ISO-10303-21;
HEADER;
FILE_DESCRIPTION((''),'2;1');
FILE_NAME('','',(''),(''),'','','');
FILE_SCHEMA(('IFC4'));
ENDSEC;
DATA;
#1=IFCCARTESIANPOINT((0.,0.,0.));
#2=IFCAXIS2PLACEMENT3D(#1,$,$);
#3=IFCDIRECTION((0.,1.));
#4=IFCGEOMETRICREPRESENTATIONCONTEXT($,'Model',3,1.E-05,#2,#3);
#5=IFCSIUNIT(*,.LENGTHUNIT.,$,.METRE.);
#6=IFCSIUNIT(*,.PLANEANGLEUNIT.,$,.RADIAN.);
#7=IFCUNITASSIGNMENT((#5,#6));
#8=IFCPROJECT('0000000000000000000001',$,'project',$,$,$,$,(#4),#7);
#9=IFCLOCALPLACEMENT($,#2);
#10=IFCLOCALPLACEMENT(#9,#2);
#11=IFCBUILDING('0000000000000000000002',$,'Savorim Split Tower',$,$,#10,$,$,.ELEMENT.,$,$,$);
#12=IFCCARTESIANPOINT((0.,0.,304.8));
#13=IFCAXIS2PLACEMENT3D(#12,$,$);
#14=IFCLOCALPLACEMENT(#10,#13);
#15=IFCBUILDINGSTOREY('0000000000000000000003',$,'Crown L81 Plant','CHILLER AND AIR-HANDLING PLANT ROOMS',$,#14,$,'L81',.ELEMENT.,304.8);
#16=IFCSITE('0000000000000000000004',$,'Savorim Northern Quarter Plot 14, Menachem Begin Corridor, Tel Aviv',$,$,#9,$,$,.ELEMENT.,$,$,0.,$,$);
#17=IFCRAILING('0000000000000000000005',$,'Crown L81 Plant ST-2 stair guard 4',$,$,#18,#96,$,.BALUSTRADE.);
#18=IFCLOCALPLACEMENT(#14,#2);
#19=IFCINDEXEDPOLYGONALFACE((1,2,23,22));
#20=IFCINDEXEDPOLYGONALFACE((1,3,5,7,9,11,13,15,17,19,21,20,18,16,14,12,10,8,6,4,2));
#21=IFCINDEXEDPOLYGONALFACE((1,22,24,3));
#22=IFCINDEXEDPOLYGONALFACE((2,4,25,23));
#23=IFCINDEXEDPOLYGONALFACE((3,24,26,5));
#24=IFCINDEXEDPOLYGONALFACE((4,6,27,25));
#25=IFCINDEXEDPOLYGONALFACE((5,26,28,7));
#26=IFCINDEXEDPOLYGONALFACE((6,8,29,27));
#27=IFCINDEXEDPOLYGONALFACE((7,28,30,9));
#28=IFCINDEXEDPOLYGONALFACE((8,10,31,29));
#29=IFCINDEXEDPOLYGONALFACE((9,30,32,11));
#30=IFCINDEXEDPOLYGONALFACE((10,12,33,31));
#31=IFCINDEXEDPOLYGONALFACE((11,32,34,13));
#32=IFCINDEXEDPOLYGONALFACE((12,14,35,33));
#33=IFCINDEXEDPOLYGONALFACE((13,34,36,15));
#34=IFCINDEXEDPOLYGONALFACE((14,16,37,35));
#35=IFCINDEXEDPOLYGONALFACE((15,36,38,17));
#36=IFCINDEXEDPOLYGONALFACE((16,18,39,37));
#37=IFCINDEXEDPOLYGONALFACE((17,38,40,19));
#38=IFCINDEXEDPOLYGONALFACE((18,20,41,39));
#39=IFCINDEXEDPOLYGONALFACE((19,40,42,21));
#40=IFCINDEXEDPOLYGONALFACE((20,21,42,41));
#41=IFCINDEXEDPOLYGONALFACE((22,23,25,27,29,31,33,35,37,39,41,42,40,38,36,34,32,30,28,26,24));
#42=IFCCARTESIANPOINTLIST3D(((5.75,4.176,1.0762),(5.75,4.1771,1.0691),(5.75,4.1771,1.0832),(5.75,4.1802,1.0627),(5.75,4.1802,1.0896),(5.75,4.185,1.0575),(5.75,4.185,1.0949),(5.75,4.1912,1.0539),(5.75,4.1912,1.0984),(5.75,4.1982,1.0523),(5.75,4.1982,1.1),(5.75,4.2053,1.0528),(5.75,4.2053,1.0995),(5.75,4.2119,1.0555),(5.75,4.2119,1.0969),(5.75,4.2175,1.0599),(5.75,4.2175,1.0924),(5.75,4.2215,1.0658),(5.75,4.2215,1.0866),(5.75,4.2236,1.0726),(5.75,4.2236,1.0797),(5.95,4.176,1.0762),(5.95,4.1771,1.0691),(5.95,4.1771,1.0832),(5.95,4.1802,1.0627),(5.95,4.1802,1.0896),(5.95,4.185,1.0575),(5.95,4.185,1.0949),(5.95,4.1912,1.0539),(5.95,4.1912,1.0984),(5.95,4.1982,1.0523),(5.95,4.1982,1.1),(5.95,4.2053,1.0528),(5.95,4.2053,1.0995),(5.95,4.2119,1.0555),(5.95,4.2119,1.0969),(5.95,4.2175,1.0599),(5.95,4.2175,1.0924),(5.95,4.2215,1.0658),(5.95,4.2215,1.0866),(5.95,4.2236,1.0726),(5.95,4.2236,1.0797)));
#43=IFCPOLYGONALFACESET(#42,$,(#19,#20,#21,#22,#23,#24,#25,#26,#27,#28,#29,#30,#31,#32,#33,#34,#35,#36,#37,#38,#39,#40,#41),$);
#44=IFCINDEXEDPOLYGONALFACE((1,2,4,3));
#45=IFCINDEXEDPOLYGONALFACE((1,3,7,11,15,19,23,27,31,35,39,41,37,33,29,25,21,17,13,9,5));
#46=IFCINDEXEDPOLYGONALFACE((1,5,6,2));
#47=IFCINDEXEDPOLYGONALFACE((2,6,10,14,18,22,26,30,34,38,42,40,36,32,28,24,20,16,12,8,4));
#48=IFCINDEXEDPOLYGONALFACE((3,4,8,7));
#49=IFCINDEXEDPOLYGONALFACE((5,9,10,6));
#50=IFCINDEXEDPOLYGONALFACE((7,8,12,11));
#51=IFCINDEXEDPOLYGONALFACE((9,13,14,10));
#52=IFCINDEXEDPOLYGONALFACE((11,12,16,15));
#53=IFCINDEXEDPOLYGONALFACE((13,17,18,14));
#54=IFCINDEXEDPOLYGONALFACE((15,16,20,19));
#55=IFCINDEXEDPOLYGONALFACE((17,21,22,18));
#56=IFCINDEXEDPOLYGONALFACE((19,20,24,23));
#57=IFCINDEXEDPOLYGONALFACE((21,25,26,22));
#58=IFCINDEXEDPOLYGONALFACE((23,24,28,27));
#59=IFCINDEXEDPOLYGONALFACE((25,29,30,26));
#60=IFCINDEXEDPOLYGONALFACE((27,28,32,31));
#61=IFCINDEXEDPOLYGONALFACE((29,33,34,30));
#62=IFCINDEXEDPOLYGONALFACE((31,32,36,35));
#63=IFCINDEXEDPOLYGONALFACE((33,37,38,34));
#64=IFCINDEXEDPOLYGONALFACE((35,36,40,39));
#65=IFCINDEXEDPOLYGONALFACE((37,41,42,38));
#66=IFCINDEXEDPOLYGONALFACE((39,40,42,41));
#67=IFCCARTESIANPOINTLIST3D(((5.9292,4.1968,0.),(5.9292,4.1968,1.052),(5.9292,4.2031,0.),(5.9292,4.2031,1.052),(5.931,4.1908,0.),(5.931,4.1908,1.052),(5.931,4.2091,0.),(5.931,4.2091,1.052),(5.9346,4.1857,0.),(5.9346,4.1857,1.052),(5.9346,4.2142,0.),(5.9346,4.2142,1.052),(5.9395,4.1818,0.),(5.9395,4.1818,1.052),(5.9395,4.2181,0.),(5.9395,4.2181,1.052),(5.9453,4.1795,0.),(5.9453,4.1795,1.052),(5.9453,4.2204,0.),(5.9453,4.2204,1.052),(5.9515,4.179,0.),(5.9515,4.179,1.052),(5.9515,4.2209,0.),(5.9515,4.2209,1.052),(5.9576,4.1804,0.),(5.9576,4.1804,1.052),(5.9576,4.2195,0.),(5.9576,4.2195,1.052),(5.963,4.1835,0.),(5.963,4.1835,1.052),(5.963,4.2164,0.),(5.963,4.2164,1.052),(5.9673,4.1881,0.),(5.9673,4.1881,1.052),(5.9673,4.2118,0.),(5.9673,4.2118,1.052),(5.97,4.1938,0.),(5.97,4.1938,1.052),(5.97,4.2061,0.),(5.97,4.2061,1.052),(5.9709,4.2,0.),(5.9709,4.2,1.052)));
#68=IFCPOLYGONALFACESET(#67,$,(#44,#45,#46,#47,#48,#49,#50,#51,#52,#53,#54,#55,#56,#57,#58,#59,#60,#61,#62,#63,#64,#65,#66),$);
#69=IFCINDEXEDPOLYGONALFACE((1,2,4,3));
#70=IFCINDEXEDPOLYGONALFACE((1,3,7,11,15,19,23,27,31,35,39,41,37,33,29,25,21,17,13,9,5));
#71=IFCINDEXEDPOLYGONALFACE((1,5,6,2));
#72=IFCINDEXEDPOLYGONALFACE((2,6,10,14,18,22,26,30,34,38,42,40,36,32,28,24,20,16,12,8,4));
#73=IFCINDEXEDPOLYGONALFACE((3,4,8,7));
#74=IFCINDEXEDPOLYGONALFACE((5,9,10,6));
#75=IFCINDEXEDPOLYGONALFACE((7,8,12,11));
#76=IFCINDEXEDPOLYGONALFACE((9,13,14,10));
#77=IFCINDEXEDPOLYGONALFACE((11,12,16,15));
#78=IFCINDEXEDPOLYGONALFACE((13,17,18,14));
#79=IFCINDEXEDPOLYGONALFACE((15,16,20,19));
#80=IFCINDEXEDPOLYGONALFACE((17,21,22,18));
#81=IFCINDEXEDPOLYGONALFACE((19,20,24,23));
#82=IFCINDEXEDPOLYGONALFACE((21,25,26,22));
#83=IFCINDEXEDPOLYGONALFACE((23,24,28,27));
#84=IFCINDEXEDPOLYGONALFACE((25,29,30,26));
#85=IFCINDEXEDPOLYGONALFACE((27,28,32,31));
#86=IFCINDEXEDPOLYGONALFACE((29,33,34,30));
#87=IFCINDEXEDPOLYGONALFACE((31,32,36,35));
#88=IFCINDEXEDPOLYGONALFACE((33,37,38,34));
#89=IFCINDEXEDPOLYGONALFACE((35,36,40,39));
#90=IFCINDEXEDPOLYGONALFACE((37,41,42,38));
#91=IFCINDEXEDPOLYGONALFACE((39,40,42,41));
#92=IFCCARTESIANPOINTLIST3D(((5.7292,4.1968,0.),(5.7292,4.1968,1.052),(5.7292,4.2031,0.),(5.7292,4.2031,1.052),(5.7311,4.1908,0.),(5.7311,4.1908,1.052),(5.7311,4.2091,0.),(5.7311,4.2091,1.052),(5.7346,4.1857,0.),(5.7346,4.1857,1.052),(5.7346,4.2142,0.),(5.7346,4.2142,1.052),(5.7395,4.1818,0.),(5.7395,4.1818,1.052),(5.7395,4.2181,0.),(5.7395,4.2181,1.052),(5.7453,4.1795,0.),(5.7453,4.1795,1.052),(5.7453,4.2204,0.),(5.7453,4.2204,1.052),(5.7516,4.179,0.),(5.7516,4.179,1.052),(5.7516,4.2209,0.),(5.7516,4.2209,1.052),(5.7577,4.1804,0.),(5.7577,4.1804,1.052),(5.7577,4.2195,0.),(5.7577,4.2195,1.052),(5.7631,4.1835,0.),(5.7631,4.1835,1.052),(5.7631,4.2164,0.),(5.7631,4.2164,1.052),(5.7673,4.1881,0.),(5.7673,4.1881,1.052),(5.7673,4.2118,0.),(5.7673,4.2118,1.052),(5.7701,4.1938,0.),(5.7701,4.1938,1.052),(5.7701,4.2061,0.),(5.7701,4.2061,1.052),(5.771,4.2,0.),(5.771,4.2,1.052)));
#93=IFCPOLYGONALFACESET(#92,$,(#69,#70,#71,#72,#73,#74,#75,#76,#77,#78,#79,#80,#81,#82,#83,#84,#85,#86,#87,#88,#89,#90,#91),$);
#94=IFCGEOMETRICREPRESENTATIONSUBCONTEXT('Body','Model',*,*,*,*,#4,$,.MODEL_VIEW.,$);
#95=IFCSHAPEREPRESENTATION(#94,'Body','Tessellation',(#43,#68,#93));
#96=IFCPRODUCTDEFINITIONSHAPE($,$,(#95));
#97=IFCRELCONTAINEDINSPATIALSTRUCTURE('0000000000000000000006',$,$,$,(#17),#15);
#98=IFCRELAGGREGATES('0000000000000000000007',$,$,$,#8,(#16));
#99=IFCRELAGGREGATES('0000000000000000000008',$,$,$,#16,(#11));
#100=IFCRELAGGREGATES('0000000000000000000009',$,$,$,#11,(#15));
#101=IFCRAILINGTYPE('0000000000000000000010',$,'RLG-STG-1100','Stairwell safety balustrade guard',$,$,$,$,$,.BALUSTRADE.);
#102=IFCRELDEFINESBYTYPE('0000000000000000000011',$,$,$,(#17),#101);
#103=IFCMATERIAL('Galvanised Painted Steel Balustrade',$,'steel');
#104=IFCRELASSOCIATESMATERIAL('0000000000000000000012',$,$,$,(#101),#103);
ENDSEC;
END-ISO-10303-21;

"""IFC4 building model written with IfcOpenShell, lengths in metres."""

from ifc_helpers import new_model, si_unit, direction, frame, origin, origin_2d, place, context, subcontext, project, spatial, circle, extrude, material, type_object, element, save


model = new_model("IFC4")

# Units and contexts
model_context = context("Model", 3, precision=1e-05, world=origin(), true_north=direction((0.0, 1.0)))
body_context = subcontext(model_context, "Body", "Model", "MODEL_VIEW")
ifc_project = project(units=[si_unit("LENGTHUNIT", "METRE"), si_unit("PLANEANGLEUNIT", "RADIAN")], contexts=[model_context])

# Site, building, storey
site_placement = place(None, origin())
site = spatial("IfcSite", under=ifc_project, at=site_placement, Name="Savorim Northern Quarter Plot 14, Menachem Begin Corridor, Tel Aviv", CompositionType="ELEMENT", RefElevation=0.0)
building_placement = place(site_placement, origin())
building = spatial("IfcBuilding", under=site, at=building_placement, Name="Savorim Split Tower", CompositionType="ELEMENT")
storey_placement = place(building_placement, frame((0.0, 0.0, 304.8)))
storey = spatial("IfcBuildingStorey", under=building, at=storey_placement, Name="Crown L81 Plant", Description="CHILLER AND AIR-HANDLING PLANT ROOMS", LongName="L81", CompositionType="ELEMENT", Elevation=304.8)

# Railing
ifc_material_1 = material(Name="Galvanised Painted Steel Balustrade", Category="steel")
railing_type_1 = type_object("IfcRailingType", Name="RLG-STG-1100", Description="Stairwell safety balustrade guard", PredefinedType="BALUSTRADE", material=ifc_material_1)
railing_1_placement = place(storey_placement, frame((5.95, 4.2, 0.0)))
element("IfcRailing", 1, at=railing_1_placement, inside=storey, type_object=railing_type_1, Name="Crown L81 Plant ST-2 stair guard 4", PredefinedType="BALUSTRADE", context=body_context, shape_type="SweptSolid", body=[
    extrude(circle(Radius=0.0239, at=origin_2d()), frame((0.0, 0.0, 1.0762), z_axis=(-1.0, 0.0, 0.0), x_axis=(0.0, -1.0, 0.0)), (0.0, 0.0, 1.0), 0.2),
    extrude(circle(Radius=0.021, at=origin_2d()), origin(), (0.0, 0.0, 1.0), 1.052),
    extrude(circle(Radius=0.021, at=origin_2d()), frame((-0.2, 0.0, 0.0)), (0.0, 0.0, 1.0), 1.052),
])

save(model, "model.ifc")
